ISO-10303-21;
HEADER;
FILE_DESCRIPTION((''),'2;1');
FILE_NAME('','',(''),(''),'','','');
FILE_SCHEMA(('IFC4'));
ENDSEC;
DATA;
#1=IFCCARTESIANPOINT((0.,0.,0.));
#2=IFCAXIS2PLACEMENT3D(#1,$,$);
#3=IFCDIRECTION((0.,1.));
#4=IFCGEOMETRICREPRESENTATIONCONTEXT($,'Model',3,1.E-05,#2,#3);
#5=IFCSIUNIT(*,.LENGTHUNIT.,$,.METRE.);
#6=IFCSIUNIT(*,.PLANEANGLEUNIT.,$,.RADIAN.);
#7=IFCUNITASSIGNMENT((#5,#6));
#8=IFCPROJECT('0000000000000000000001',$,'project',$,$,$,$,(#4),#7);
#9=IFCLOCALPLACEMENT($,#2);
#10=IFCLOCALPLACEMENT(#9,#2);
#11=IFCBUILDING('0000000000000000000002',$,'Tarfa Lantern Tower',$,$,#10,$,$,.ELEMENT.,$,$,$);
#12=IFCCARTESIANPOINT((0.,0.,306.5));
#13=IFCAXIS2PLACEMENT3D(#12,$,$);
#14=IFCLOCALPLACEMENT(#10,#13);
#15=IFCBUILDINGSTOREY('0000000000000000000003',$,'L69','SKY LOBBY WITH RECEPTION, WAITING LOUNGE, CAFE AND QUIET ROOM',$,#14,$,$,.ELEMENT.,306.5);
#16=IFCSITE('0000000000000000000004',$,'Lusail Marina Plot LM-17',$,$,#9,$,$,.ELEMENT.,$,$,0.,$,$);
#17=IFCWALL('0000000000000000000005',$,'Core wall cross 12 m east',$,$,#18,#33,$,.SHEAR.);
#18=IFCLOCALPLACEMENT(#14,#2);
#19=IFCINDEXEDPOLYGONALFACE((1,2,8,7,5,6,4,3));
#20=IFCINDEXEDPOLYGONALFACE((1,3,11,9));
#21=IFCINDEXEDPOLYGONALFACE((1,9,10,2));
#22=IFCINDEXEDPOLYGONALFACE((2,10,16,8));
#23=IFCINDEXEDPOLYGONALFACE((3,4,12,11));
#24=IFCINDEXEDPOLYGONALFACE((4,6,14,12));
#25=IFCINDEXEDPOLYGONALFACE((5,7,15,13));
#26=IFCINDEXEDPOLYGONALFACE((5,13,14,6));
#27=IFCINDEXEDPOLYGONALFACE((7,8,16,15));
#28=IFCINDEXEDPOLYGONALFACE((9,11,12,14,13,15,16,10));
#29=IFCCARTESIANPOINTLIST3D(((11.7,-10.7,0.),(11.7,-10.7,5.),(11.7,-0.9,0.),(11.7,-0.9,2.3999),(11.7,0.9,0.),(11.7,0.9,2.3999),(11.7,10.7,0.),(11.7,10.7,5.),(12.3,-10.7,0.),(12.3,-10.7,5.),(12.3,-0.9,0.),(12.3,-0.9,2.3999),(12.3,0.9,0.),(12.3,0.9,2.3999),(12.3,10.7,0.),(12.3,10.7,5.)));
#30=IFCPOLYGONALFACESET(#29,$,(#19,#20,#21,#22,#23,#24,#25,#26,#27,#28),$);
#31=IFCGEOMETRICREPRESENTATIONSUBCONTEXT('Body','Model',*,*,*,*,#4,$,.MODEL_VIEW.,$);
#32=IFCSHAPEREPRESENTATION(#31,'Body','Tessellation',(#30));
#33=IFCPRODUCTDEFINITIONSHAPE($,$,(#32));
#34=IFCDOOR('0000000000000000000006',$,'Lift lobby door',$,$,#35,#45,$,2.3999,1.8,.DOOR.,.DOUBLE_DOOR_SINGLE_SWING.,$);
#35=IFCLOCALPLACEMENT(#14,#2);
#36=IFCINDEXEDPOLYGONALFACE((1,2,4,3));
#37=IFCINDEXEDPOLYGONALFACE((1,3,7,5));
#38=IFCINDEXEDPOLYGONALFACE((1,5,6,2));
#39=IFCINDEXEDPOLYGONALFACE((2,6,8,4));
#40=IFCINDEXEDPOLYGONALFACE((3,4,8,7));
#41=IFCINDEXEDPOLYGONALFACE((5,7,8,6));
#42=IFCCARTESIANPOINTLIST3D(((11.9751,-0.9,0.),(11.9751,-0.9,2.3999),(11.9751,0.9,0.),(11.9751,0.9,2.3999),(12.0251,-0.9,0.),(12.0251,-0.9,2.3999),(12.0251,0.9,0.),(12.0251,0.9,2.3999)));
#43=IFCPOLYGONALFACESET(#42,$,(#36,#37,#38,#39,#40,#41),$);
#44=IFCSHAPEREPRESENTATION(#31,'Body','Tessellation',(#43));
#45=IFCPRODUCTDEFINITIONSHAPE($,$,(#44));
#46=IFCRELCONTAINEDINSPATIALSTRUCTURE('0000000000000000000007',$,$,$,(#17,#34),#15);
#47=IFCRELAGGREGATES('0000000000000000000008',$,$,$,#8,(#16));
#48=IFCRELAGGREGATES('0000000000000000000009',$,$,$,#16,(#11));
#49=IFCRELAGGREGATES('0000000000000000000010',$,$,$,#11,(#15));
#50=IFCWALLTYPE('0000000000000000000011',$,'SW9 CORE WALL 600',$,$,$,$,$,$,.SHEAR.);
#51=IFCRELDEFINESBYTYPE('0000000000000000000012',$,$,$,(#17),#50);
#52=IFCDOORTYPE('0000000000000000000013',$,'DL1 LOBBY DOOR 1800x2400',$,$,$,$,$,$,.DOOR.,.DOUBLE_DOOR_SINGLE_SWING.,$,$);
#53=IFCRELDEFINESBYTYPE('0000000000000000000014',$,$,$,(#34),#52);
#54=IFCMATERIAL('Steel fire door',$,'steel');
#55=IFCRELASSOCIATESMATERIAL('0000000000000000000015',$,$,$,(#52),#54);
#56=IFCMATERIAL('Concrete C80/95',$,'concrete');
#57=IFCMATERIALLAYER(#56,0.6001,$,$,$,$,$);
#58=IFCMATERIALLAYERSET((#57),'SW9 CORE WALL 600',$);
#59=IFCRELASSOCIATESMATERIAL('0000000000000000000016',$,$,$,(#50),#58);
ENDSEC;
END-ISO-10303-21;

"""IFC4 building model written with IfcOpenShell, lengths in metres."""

from ifc_helpers import new_model, si_unit, direction, frame, frame_2d, origin, place, context, subcontext, project, spatial, rectangle, extrude, material, layer, layer_set, type_object, element, fill, save


model = new_model("IFC4")

# Units and contexts
model_context = context("Model", 3, precision=1e-05, world=origin(), true_north=direction((0.0, 1.0)))
body_context = subcontext(model_context, "Body", "Model", "MODEL_VIEW")
ifc_project = project(units=[si_unit("LENGTHUNIT", "METRE"), si_unit("PLANEANGLEUNIT", "RADIAN")], contexts=[model_context])

# Site, building, storey
site_placement = place(None, origin())
site = spatial("IfcSite", under=ifc_project, at=site_placement, Name="Lusail Marina Plot LM-17", CompositionType="ELEMENT", RefElevation=0.0)
building_placement = place(site_placement, origin())
building = spatial("IfcBuilding", under=site, at=building_placement, Name="Tarfa Lantern Tower", CompositionType="ELEMENT")
storey_placement = place(building_placement, frame((0.0, 0.0, 306.5)))
storey = spatial("IfcBuildingStorey", under=building, at=storey_placement, Name="L69", Description="SKY LOBBY WITH RECEPTION, WAITING LOUNGE, CAFE AND QUIET ROOM", CompositionType="ELEMENT", Elevation=306.5)

# Shared definitions
ifc_material_1 = material(Name="Concrete C80/95", Category="concrete")

# Shared definitions
ifc_material_2 = material(Name="Steel fire door", Category="steel")
door_type_1 = type_object("IfcDoorType", Name="DL1 LOBBY DOOR 1800x2400", OperationType="DOUBLE_DOOR_SINGLE_SWING", PredefinedType="DOOR", material=ifc_material_2)

# Wall, opening, door
ifc_layer_1 = layer(ifc_material_1, 0.6001)
ifc_layer_set_1 = layer_set([ifc_layer_1], Name="SW9 CORE WALL 600")
wall_type_1 = type_object("IfcWallType", Name="SW9 CORE WALL 600", PredefinedType="SHEAR", material=ifc_layer_set_1)
wall_1_placement = place(storey_placement, frame((12.0, -10.7, 0.0), z_axis=(0.0, 0.0, 1.0), x_axis=(0.0, 1.0, 0.0)))
wall_1 = element("IfcWall", 1, at=wall_1_placement, inside=storey, type_object=wall_type_1, Name="Core wall cross 12 m east", PredefinedType="SHEAR", context=body_context, shape_type="SweptSolid", body=[
    extrude(rectangle(XDim=21.3999, YDim=0.6001, at=frame_2d((10.7, 0.0))), origin(), (0.0, 0.0, 1.0), 5.0),
])
opening_1_placement = place(wall_1_placement, frame((9.8, 0.0, 0.0)))
opening_1 = element("IfcOpeningElement", 2, at=opening_1_placement, cuts=wall_1, PredefinedType="OPENING", context=body_context, shape_type="SweptSolid", body=[
    extrude(rectangle(XDim=1.8, YDim=2.3999, at=frame_2d((0.8999, 1.2))), frame((0.0, 0.3101, 0.0), z_axis=(0.0, -1.0, 0.0), x_axis=(1.0, 0.0, 0.0)), (0.0, 0.0, 1.0), 0.6201),
])
door_1_placement = place(opening_1_placement, origin())
door_1 = element("IfcDoor", 3, at=door_1_placement, inside=storey, type_object=door_type_1, Name="Lift lobby door", OperationType="DOUBLE_DOOR_SINGLE_SWING", OverallHeight=2.3999, OverallWidth=1.8, PredefinedType="DOOR", context=body_context, shape_type="SweptSolid", body=[
    extrude(rectangle(XDim=1.8, YDim=2.3999, at=frame_2d((0.8999, 1.2))), frame((0.0, 0.0249, 0.0), z_axis=(0.0, -1.0, 0.0), x_axis=(1.0, 0.0, 0.0)), (0.0, 0.0, 1.0), 0.05),
])
fill(opening_1, door_1)

save(model, "model.ifc")
